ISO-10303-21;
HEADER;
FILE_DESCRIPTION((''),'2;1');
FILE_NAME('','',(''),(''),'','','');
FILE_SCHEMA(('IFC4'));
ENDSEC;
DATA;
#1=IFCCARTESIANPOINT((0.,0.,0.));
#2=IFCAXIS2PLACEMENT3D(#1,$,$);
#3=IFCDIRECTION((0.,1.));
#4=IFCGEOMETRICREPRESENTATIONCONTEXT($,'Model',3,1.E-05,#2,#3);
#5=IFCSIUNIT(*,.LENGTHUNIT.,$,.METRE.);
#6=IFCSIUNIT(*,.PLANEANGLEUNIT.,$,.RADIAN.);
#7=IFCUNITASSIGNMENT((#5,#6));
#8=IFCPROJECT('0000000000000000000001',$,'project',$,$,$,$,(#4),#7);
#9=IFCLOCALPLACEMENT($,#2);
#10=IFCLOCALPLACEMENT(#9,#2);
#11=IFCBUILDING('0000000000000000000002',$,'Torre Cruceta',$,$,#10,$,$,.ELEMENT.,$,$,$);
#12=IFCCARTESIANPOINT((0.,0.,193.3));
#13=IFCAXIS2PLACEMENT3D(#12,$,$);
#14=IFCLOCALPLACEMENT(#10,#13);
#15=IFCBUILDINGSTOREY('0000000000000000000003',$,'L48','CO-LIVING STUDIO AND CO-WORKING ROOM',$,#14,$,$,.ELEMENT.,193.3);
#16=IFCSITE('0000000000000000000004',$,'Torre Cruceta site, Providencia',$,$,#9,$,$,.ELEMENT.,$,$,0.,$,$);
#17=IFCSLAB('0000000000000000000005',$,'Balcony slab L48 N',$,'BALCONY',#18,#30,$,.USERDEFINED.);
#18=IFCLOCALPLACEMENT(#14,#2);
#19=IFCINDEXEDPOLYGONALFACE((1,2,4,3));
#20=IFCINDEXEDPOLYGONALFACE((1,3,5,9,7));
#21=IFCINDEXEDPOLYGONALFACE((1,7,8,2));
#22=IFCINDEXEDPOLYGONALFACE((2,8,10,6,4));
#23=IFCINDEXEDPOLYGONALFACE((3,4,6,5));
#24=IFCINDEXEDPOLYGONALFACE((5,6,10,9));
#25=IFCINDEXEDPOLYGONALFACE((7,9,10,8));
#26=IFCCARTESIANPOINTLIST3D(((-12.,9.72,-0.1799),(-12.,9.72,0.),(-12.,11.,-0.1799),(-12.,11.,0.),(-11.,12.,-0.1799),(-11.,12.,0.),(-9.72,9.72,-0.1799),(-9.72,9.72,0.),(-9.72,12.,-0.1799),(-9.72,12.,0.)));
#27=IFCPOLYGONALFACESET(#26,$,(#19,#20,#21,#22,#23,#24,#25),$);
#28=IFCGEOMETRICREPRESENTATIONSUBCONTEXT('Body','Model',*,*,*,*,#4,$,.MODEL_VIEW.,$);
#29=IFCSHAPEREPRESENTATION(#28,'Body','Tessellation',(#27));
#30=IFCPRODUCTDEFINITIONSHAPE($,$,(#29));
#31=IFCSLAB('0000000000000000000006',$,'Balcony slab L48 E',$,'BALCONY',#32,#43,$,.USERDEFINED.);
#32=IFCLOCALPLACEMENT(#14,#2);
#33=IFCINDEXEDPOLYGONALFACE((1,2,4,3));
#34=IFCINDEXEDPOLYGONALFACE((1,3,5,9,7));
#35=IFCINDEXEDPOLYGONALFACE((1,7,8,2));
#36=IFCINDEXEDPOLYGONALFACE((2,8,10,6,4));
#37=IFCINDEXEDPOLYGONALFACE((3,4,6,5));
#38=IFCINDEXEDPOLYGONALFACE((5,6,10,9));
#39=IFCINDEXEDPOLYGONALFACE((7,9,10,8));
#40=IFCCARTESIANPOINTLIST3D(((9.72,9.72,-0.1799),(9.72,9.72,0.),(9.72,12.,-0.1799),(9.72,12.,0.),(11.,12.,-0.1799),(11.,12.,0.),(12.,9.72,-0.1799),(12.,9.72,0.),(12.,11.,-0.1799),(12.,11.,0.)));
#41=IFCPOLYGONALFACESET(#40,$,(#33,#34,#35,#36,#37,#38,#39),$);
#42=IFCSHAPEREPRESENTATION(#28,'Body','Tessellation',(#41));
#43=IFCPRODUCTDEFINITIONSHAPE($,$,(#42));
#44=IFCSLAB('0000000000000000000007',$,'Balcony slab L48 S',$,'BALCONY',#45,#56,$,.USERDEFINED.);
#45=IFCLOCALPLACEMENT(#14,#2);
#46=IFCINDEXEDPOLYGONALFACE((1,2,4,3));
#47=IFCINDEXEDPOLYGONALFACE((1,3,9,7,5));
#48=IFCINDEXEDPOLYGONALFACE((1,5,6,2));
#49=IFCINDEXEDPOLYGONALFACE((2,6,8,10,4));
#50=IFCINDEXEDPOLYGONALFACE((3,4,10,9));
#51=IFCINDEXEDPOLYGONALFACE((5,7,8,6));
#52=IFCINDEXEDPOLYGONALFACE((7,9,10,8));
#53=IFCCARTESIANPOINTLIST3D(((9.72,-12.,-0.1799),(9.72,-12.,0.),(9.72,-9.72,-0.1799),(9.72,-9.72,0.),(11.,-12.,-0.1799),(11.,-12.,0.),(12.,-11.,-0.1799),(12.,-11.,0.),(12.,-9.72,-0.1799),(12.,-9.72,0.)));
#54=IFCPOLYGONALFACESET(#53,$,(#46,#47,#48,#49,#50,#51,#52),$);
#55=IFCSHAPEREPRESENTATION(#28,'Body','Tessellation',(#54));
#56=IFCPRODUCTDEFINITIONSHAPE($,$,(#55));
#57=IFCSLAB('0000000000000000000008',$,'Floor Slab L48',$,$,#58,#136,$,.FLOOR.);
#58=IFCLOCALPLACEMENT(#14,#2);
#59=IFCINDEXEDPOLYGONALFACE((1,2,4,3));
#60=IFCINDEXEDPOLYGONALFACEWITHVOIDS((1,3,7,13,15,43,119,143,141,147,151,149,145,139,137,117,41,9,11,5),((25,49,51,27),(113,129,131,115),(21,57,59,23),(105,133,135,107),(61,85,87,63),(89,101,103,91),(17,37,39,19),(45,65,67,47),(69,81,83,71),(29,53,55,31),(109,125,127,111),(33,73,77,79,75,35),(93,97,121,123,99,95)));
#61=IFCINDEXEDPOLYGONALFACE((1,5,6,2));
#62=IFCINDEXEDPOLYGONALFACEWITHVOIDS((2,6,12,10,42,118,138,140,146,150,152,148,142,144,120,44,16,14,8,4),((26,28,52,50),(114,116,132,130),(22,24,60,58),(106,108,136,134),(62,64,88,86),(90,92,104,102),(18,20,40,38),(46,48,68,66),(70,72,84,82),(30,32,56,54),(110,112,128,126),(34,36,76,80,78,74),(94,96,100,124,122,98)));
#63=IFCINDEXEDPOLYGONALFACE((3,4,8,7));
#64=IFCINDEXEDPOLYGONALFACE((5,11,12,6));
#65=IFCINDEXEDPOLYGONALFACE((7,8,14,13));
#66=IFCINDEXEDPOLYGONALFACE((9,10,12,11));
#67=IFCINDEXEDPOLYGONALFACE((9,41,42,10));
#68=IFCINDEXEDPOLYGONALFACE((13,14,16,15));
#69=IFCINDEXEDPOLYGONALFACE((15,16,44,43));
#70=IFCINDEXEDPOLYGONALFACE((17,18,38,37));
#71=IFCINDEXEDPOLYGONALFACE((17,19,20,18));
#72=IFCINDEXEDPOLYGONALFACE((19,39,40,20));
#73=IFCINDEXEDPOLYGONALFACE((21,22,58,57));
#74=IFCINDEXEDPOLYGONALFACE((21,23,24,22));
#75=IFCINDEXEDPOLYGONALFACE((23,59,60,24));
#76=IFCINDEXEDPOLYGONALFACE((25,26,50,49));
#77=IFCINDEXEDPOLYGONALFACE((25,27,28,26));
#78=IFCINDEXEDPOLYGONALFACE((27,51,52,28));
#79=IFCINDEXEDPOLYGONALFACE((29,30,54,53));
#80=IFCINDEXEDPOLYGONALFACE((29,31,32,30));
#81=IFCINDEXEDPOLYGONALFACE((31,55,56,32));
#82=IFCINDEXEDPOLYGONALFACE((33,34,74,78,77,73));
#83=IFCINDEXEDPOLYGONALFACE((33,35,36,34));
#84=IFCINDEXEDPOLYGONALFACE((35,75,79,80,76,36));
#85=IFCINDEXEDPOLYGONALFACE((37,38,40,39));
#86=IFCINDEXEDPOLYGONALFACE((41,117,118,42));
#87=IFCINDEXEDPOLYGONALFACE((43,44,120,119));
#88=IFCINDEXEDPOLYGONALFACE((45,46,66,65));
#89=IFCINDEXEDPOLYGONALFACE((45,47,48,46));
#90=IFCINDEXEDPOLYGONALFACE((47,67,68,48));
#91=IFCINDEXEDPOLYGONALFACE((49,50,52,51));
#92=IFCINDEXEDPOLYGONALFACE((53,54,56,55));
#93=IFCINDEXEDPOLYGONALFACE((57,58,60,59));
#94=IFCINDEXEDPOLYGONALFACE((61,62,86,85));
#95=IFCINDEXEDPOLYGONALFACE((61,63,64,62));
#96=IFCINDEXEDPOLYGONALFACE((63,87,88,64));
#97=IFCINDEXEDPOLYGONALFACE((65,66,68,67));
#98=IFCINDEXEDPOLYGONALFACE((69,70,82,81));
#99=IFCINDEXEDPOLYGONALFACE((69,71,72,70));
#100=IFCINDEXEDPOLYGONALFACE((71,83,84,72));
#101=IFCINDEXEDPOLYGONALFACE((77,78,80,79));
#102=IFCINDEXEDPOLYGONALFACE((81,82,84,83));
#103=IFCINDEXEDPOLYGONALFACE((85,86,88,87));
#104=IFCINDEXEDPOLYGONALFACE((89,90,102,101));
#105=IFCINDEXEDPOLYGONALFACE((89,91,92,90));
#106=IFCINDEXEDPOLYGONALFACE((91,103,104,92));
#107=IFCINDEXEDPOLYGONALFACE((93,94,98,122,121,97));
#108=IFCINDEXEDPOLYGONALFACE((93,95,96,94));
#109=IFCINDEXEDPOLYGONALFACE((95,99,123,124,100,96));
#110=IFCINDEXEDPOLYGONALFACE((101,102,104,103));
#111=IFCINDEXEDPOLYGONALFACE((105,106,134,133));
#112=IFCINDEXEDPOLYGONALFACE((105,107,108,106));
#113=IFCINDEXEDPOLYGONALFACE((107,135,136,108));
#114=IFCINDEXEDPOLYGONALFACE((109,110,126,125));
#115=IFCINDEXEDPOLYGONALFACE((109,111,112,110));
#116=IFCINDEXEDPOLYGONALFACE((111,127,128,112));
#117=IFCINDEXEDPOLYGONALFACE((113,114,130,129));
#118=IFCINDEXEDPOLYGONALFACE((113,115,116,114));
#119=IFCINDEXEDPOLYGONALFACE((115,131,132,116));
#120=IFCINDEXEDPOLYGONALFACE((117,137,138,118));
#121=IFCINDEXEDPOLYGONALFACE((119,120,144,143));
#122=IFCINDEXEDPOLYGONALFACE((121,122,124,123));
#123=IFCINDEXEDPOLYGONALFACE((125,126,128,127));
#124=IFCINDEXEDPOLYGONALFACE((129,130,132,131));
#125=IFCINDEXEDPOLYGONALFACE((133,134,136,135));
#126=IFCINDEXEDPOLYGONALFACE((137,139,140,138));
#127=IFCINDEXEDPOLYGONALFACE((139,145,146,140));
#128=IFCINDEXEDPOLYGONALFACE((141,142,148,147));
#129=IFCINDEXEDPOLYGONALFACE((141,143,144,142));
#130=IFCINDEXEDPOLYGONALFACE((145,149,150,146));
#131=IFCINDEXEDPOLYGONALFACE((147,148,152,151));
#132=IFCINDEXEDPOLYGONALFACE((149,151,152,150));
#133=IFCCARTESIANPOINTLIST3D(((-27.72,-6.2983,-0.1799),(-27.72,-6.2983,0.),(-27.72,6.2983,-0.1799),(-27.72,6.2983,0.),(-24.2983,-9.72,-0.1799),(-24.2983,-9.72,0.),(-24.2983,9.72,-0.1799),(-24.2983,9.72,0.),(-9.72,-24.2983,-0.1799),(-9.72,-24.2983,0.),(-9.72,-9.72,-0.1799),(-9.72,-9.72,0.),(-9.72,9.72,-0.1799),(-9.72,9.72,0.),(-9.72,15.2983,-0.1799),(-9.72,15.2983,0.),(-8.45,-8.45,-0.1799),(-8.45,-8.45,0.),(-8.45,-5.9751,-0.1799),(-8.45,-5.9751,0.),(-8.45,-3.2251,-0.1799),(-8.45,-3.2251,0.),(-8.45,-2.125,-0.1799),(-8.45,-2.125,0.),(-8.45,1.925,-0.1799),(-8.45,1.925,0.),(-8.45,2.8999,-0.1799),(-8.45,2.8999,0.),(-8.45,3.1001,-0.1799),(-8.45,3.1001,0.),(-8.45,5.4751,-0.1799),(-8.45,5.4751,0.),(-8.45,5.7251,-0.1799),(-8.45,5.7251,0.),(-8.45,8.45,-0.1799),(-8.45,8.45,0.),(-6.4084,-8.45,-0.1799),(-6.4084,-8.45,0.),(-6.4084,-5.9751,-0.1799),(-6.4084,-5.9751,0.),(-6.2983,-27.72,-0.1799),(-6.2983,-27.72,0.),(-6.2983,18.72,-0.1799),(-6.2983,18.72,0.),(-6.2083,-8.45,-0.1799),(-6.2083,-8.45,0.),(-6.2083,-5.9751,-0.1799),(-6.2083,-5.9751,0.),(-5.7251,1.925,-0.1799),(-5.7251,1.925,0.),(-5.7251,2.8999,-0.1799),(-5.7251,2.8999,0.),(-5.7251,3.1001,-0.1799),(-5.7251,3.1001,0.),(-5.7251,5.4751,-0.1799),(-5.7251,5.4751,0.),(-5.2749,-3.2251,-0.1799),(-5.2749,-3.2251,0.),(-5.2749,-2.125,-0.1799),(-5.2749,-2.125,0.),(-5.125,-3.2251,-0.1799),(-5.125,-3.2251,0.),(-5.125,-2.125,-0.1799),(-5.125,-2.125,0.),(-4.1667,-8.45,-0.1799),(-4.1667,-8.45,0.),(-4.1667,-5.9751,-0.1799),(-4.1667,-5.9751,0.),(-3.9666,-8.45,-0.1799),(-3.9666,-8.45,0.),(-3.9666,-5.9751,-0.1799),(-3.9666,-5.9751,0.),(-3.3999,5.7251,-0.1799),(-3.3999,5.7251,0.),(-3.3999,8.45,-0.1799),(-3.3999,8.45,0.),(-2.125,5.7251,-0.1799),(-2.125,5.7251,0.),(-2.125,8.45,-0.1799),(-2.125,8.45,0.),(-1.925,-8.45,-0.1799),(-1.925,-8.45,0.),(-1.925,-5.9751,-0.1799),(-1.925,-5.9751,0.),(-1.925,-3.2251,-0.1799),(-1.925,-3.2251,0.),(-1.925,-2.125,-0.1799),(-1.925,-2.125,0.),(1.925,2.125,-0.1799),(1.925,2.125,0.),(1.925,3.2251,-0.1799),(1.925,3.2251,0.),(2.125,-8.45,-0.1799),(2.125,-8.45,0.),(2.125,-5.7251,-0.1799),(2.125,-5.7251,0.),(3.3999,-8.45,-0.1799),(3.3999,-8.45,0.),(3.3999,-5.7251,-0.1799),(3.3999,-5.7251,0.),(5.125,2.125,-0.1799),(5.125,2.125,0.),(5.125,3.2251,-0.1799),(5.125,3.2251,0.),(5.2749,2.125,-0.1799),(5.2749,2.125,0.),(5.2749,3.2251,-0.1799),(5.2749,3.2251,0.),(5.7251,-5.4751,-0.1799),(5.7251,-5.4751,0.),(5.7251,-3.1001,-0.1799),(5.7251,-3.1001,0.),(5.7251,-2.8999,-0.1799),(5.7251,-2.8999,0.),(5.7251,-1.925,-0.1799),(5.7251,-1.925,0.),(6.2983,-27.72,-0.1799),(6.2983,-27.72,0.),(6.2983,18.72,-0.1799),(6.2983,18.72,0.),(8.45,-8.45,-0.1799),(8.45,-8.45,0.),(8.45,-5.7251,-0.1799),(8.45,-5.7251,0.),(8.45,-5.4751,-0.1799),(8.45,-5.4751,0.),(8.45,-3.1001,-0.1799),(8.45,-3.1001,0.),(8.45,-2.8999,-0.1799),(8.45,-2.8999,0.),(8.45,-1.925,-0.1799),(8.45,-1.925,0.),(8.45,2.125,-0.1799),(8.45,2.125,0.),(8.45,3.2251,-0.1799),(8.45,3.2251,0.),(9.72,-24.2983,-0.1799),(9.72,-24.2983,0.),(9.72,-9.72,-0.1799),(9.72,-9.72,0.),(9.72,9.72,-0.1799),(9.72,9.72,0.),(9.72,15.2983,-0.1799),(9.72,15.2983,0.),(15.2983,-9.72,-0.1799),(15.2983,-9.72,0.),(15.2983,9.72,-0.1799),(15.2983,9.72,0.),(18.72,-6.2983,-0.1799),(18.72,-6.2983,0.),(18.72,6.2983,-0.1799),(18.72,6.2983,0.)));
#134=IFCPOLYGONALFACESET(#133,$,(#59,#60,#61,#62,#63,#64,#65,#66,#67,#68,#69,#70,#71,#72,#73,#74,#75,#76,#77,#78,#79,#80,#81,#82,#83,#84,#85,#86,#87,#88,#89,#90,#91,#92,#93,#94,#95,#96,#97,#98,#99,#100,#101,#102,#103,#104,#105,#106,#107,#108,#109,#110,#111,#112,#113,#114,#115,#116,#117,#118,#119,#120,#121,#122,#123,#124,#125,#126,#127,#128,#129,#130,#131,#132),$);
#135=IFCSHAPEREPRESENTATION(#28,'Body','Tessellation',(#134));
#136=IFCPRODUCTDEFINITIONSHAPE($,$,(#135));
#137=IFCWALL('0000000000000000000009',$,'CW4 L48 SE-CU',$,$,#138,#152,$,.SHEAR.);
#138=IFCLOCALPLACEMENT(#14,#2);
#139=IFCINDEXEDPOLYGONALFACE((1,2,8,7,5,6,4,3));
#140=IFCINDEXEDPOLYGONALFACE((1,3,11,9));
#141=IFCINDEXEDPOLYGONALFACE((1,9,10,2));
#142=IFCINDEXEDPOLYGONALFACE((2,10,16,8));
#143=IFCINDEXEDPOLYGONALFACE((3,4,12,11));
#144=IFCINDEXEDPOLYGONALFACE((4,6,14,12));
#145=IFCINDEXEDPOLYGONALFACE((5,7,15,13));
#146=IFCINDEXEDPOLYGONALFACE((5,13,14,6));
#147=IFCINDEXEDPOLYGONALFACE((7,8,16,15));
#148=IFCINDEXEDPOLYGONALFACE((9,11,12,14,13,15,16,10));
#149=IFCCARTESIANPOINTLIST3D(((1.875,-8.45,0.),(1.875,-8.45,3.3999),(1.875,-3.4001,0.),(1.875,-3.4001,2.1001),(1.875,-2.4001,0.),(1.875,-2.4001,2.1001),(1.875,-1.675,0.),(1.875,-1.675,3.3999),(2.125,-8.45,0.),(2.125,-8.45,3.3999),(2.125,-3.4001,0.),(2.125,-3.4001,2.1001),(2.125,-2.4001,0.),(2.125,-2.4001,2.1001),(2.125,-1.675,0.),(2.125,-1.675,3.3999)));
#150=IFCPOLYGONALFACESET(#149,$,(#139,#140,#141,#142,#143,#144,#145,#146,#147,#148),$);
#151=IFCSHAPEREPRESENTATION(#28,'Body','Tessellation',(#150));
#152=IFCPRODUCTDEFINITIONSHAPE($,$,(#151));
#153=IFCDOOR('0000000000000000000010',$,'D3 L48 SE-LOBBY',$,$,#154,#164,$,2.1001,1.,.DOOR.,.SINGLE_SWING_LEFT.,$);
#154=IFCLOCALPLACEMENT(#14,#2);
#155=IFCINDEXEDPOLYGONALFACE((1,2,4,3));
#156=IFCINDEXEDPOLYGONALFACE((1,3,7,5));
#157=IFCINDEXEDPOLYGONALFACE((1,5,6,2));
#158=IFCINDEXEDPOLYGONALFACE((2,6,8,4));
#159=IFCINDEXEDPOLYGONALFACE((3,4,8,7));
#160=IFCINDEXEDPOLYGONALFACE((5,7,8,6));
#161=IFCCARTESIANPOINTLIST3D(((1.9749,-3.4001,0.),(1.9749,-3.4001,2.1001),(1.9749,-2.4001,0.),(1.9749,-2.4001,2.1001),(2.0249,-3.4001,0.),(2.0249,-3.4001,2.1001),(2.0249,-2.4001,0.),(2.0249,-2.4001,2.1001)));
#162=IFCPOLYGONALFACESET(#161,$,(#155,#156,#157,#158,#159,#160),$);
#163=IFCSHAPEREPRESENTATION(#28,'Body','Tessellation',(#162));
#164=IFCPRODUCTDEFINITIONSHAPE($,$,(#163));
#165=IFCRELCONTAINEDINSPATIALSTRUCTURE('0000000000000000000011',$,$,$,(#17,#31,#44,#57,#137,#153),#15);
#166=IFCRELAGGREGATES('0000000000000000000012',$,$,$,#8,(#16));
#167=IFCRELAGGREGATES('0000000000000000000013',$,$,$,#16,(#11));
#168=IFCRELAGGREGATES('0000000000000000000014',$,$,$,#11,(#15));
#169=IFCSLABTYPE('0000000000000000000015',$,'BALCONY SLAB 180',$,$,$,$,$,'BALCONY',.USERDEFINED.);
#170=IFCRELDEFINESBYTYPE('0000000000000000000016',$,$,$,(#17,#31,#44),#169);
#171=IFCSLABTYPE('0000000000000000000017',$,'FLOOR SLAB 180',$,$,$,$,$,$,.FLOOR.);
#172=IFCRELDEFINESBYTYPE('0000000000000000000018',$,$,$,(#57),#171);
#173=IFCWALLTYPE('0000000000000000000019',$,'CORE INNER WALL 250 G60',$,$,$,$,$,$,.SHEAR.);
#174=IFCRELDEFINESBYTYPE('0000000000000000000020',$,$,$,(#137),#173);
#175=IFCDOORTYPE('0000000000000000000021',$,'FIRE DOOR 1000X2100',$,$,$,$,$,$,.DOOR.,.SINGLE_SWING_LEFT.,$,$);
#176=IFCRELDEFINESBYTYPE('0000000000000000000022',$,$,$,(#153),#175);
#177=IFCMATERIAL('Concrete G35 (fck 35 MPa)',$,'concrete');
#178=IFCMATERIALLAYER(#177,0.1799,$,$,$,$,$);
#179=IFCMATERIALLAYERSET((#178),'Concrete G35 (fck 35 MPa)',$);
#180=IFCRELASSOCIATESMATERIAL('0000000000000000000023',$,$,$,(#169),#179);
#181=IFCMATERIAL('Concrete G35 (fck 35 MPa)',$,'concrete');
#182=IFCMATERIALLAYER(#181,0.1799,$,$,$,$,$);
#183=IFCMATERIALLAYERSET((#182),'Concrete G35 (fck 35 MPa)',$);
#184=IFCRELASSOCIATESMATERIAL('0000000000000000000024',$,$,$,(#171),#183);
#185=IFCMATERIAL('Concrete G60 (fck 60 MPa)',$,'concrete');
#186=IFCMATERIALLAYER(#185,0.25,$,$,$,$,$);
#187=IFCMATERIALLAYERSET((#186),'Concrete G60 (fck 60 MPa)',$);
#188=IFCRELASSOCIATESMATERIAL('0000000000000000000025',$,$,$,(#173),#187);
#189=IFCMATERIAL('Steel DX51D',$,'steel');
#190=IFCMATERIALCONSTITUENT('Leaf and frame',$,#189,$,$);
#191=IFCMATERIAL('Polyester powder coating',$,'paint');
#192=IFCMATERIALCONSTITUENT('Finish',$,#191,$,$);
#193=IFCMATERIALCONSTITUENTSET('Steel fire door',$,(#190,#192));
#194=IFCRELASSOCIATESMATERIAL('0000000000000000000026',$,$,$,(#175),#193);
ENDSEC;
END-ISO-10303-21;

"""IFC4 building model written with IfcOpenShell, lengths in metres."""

from ifc_helpers import new_model, si_unit, direction, frame, frame_2d, origin, place, context, subcontext, project, spatial, polyline, rectangle, outline, extrude, material, layer, layer_set, constituent, constituent_set, type_object, element, fill, save


model = new_model("IFC4")

# Units and contexts
model_context = context("Model", 3, precision=1e-05, world=origin(), true_north=direction((0.0, 1.0)))
body_context = subcontext(model_context, "Body", "Model", "MODEL_VIEW")
ifc_project = project(units=[si_unit("LENGTHUNIT", "METRE"), si_unit("PLANEANGLEUNIT", "RADIAN")], contexts=[model_context])

# Site, building, storey
site_placement = place(None, origin())
site = spatial("IfcSite", under=ifc_project, at=site_placement, Name="Torre Cruceta site, Providencia", CompositionType="ELEMENT", RefElevation=0.0)
building_placement = place(site_placement, origin())
building = spatial("IfcBuilding", under=site, at=building_placement, Name="Torre Cruceta", CompositionType="ELEMENT")
storey_placement = place(building_placement, frame((0.0, 0.0, 193.3)))
storey = spatial("IfcBuildingStorey", under=building, at=storey_placement, Name="L48", Description="CO-LIVING STUDIO AND CO-WORKING ROOM", CompositionType="ELEMENT", Elevation=193.3)

# Slabs
ifc_material_1 = material(Name="Concrete G35 (fck 35 MPa)", Category="concrete")
ifc_layer_1 = layer(ifc_material_1, 0.1799)
ifc_layer_set_1 = layer_set([ifc_layer_1], Name="Concrete G35 (fck 35 MPa)")
slab_type_1 = type_object("IfcSlabType", Name="BALCONY SLAB 180", ElementType="BALCONY", PredefinedType="USERDEFINED", material=ifc_layer_set_1)
slab_1_placement = place(storey_placement, frame((0.0, 0.0, -0.1799)))
element("IfcSlab", 1, at=slab_1_placement, inside=storey, type_object=slab_type_1, Name="Balcony slab L48 N", ObjectType="BALCONY", PredefinedType="USERDEFINED", context=body_context, shape_type="SweptSolid", body=[
    extrude(outline(polyline([(-12.0, 11.0), (-11.0, 12.0), (-9.72, 12.0), (-9.72, 9.72), (-12.0, 9.72), (-12.0, 11.0)])), origin(), (0.0, 0.0, 1.0), 0.1799),
])
slab_2_placement = place(storey_placement, frame((0.0, 0.0, -0.1799)))
element("IfcSlab", 2, at=slab_2_placement, inside=storey, type_object=slab_type_1, Name="Balcony slab L48 E", ObjectType="BALCONY", PredefinedType="USERDEFINED", context=body_context, shape_type="SweptSolid", body=[
    extrude(outline(polyline([(11.0, 12.0), (12.0, 11.0), (12.0, 9.72), (9.72, 9.72), (9.72, 12.0), (11.0, 12.0)])), origin(), (0.0, 0.0, 1.0), 0.1799),
])
slab_3_placement = place(storey_placement, frame((0.0, 0.0, -0.1799)))
element("IfcSlab", 3, at=slab_3_placement, inside=storey, type_object=slab_type_1, Name="Balcony slab L48 S", ObjectType="BALCONY", PredefinedType="USERDEFINED", context=body_context, shape_type="SweptSolid", body=[
    extrude(outline(polyline([(12.0, -11.0), (11.0, -12.0), (9.72, -12.0), (9.72, -9.72), (12.0, -9.72), (12.0, -11.0)])), origin(), (0.0, 0.0, 1.0), 0.1799),
])
ifc_material_2 = material(Name="Concrete G35 (fck 35 MPa)", Category="concrete")
ifc_layer_2 = layer(ifc_material_2, 0.1799)
ifc_layer_set_2 = layer_set([ifc_layer_2], Name="Concrete G35 (fck 35 MPa)")
slab_type_2 = type_object("IfcSlabType", Name="FLOOR SLAB 180", PredefinedType="FLOOR", material=ifc_layer_set_2)
slab_4_placement = place(storey_placement, frame((0.0, 0.0, -0.1799)))
element("IfcSlab", 4, at=slab_4_placement, inside=storey, type_object=slab_type_2, Name="Floor Slab L48", PredefinedType="FLOOR", context=body_context, shape_type="SweptSolid", body=[
    extrude(outline(polyline([(9.72, -9.72), (9.72, -24.2983), (6.2983, -27.72), (-6.2983, -27.72), (-9.72, -24.2983), (-9.72, -9.72), (-24.2983, -9.72), (-27.72, -6.2983), (-27.72, 6.2983), (-24.2983, 9.72), (-9.72, 9.72), (-9.72, 15.2983), (-6.2983, 18.72), (6.2983, 18.72), (9.72, 15.2983), (9.72, 9.72), (15.2983, 9.72), (18.72, 6.2983), (18.72, -6.2983), (15.2983, -9.72), (9.72, -9.72)]), holes=[polyline([(1.925, 2.125), (5.125, 2.125), (5.125, 3.2251), (1.925, 3.2251), (1.925, 2.125)]), polyline([(5.2749, 2.125), (8.45, 2.125), (8.45, 3.2251), (5.2749, 3.2251), (5.2749, 2.125)]), polyline([(-8.45, 3.1001), (-5.7251, 3.1001), (-5.7251, 5.4751), (-8.45, 5.4751), (-8.45, 3.1001)]), polyline([(-8.45, 1.925), (-5.7251, 1.925), (-5.7251, 2.8999), (-8.45, 2.8999), (-8.45, 1.925)]), polyline([(-3.9666, -8.45), (-1.925, -8.45), (-1.925, -5.9751), (-3.9666, -5.9751), (-3.9666, -8.45)]), polyline([(-6.2083, -8.45), (-4.1667, -8.45), (-4.1667, -5.9751), (-6.2083, -5.9751), (-6.2083, -8.45)]), polyline([(-8.45, -8.45), (-6.4084, -8.45), (-6.4084, -5.9751), (-8.45, -5.9751), (-8.45, -8.45)]), polyline([(-5.125, -3.2251), (-1.925, -3.2251), (-1.925, -2.125), (-5.125, -2.125), (-5.125, -3.2251)]), polyline([(-8.45, -3.2251), (-5.2749, -3.2251), (-5.2749, -2.125), (-8.45, -2.125), (-8.45, -3.2251)]), polyline([(5.7251, -5.4751), (8.45, -5.4751), (8.45, -3.1001), (5.7251, -3.1001), (5.7251, -5.4751)]), polyline([(5.7251, -2.8999), (8.45, -2.8999), (8.45, -1.925), (5.7251, -1.925), (5.7251, -2.8999)]), polyline([(-8.45, 5.7251), (-8.45, 8.45), (-3.3999, 8.45), (-2.125, 8.45), (-2.125, 5.7251), (-3.3999, 5.7251), (-8.45, 5.7251)]), polyline([(2.125, -5.7251), (3.3999, -5.7251), (8.45, -5.7251), (8.45, -8.45), (3.3999, -8.45), (2.125, -8.45), (2.125, -5.7251)])]), origin(), (0.0, 0.0, 1.0), 0.1799),
])

# Wall, opening, door
ifc_material_3 = material(Name="Concrete G60 (fck 60 MPa)", Category="concrete")
ifc_layer_3 = layer(ifc_material_3, 0.25)
ifc_layer_set_3 = layer_set([ifc_layer_3], Name="Concrete G60 (fck 60 MPa)")
wall_type_1 = type_object("IfcWallType", Name="CORE INNER WALL 250 G60", PredefinedType="SHEAR", material=ifc_layer_set_3)
wall_1_placement = place(storey_placement, frame((2.0, -1.675, 0.0), z_axis=(0.0, 0.0, 1.0), x_axis=(0.0, -1.0, 0.0)))
wall_1 = element("IfcWall", 5, at=wall_1_placement, inside=storey, type_object=wall_type_1, Name="CW4 L48 SE-CU", PredefinedType="SHEAR", context=body_context, shape_type="SweptSolid", body=[
    extrude(rectangle(XDim=6.7749, YDim=0.25, at=frame_2d((3.3875, 0.0))), origin(), (0.0, 0.0, 1.0), 3.3999),
])
opening_1_placement = place(wall_1_placement, frame((0.7251, 0.0, 0.0)))
opening_1 = element("IfcOpeningElement", 6, at=opening_1_placement, cuts=wall_1, PredefinedType="OPENING", context=body_context, shape_type="SweptSolid", body=[
    extrude(rectangle(XDim=1.0, YDim=2.1001, at=frame_2d((0.5, 1.05))), frame((0.0, 0.135, 0.0), z_axis=(0.0, -1.0, 0.0), x_axis=(1.0, 0.0, 0.0)), (0.0, 0.0, 1.0), 0.27),
])
ifc_material_4 = material(Name="Steel DX51D", Category="steel")
ifc_constituent_1 = constituent(ifc_material_4, Name="Leaf and frame")
ifc_material_5 = material(Name="Polyester powder coating", Category="paint")
ifc_constituent_2 = constituent(ifc_material_5, Name="Finish")
ifc_constituent_set_1 = constituent_set(constituents=[ifc_constituent_1, ifc_constituent_2], Name="Steel fire door")
door_type_1 = type_object("IfcDoorType", Name="FIRE DOOR 1000X2100", OperationType="SINGLE_SWING_LEFT", PredefinedType="DOOR", material=ifc_constituent_set_1)
door_1_placement = place(opening_1_placement, origin())
door_1 = element("IfcDoor", 7, at=door_1_placement, inside=storey, type_object=door_type_1, Name="D3 L48 SE-LOBBY", OperationType="SINGLE_SWING_LEFT", OverallHeight=2.1001, OverallWidth=1.0, PredefinedType="DOOR", context=body_context, shape_type="SweptSolid", body=[
    extrude(rectangle(XDim=1.0, YDim=2.1001, at=frame_2d((0.5, 1.05))), frame((0.0, 0.0249, 0.0), z_axis=(0.0, -1.0, 0.0), x_axis=(1.0, 0.0, 0.0)), (0.0, 0.0, 1.0), 0.05),
])
fill(opening_1, door_1)

save(model, "model.ifc")
